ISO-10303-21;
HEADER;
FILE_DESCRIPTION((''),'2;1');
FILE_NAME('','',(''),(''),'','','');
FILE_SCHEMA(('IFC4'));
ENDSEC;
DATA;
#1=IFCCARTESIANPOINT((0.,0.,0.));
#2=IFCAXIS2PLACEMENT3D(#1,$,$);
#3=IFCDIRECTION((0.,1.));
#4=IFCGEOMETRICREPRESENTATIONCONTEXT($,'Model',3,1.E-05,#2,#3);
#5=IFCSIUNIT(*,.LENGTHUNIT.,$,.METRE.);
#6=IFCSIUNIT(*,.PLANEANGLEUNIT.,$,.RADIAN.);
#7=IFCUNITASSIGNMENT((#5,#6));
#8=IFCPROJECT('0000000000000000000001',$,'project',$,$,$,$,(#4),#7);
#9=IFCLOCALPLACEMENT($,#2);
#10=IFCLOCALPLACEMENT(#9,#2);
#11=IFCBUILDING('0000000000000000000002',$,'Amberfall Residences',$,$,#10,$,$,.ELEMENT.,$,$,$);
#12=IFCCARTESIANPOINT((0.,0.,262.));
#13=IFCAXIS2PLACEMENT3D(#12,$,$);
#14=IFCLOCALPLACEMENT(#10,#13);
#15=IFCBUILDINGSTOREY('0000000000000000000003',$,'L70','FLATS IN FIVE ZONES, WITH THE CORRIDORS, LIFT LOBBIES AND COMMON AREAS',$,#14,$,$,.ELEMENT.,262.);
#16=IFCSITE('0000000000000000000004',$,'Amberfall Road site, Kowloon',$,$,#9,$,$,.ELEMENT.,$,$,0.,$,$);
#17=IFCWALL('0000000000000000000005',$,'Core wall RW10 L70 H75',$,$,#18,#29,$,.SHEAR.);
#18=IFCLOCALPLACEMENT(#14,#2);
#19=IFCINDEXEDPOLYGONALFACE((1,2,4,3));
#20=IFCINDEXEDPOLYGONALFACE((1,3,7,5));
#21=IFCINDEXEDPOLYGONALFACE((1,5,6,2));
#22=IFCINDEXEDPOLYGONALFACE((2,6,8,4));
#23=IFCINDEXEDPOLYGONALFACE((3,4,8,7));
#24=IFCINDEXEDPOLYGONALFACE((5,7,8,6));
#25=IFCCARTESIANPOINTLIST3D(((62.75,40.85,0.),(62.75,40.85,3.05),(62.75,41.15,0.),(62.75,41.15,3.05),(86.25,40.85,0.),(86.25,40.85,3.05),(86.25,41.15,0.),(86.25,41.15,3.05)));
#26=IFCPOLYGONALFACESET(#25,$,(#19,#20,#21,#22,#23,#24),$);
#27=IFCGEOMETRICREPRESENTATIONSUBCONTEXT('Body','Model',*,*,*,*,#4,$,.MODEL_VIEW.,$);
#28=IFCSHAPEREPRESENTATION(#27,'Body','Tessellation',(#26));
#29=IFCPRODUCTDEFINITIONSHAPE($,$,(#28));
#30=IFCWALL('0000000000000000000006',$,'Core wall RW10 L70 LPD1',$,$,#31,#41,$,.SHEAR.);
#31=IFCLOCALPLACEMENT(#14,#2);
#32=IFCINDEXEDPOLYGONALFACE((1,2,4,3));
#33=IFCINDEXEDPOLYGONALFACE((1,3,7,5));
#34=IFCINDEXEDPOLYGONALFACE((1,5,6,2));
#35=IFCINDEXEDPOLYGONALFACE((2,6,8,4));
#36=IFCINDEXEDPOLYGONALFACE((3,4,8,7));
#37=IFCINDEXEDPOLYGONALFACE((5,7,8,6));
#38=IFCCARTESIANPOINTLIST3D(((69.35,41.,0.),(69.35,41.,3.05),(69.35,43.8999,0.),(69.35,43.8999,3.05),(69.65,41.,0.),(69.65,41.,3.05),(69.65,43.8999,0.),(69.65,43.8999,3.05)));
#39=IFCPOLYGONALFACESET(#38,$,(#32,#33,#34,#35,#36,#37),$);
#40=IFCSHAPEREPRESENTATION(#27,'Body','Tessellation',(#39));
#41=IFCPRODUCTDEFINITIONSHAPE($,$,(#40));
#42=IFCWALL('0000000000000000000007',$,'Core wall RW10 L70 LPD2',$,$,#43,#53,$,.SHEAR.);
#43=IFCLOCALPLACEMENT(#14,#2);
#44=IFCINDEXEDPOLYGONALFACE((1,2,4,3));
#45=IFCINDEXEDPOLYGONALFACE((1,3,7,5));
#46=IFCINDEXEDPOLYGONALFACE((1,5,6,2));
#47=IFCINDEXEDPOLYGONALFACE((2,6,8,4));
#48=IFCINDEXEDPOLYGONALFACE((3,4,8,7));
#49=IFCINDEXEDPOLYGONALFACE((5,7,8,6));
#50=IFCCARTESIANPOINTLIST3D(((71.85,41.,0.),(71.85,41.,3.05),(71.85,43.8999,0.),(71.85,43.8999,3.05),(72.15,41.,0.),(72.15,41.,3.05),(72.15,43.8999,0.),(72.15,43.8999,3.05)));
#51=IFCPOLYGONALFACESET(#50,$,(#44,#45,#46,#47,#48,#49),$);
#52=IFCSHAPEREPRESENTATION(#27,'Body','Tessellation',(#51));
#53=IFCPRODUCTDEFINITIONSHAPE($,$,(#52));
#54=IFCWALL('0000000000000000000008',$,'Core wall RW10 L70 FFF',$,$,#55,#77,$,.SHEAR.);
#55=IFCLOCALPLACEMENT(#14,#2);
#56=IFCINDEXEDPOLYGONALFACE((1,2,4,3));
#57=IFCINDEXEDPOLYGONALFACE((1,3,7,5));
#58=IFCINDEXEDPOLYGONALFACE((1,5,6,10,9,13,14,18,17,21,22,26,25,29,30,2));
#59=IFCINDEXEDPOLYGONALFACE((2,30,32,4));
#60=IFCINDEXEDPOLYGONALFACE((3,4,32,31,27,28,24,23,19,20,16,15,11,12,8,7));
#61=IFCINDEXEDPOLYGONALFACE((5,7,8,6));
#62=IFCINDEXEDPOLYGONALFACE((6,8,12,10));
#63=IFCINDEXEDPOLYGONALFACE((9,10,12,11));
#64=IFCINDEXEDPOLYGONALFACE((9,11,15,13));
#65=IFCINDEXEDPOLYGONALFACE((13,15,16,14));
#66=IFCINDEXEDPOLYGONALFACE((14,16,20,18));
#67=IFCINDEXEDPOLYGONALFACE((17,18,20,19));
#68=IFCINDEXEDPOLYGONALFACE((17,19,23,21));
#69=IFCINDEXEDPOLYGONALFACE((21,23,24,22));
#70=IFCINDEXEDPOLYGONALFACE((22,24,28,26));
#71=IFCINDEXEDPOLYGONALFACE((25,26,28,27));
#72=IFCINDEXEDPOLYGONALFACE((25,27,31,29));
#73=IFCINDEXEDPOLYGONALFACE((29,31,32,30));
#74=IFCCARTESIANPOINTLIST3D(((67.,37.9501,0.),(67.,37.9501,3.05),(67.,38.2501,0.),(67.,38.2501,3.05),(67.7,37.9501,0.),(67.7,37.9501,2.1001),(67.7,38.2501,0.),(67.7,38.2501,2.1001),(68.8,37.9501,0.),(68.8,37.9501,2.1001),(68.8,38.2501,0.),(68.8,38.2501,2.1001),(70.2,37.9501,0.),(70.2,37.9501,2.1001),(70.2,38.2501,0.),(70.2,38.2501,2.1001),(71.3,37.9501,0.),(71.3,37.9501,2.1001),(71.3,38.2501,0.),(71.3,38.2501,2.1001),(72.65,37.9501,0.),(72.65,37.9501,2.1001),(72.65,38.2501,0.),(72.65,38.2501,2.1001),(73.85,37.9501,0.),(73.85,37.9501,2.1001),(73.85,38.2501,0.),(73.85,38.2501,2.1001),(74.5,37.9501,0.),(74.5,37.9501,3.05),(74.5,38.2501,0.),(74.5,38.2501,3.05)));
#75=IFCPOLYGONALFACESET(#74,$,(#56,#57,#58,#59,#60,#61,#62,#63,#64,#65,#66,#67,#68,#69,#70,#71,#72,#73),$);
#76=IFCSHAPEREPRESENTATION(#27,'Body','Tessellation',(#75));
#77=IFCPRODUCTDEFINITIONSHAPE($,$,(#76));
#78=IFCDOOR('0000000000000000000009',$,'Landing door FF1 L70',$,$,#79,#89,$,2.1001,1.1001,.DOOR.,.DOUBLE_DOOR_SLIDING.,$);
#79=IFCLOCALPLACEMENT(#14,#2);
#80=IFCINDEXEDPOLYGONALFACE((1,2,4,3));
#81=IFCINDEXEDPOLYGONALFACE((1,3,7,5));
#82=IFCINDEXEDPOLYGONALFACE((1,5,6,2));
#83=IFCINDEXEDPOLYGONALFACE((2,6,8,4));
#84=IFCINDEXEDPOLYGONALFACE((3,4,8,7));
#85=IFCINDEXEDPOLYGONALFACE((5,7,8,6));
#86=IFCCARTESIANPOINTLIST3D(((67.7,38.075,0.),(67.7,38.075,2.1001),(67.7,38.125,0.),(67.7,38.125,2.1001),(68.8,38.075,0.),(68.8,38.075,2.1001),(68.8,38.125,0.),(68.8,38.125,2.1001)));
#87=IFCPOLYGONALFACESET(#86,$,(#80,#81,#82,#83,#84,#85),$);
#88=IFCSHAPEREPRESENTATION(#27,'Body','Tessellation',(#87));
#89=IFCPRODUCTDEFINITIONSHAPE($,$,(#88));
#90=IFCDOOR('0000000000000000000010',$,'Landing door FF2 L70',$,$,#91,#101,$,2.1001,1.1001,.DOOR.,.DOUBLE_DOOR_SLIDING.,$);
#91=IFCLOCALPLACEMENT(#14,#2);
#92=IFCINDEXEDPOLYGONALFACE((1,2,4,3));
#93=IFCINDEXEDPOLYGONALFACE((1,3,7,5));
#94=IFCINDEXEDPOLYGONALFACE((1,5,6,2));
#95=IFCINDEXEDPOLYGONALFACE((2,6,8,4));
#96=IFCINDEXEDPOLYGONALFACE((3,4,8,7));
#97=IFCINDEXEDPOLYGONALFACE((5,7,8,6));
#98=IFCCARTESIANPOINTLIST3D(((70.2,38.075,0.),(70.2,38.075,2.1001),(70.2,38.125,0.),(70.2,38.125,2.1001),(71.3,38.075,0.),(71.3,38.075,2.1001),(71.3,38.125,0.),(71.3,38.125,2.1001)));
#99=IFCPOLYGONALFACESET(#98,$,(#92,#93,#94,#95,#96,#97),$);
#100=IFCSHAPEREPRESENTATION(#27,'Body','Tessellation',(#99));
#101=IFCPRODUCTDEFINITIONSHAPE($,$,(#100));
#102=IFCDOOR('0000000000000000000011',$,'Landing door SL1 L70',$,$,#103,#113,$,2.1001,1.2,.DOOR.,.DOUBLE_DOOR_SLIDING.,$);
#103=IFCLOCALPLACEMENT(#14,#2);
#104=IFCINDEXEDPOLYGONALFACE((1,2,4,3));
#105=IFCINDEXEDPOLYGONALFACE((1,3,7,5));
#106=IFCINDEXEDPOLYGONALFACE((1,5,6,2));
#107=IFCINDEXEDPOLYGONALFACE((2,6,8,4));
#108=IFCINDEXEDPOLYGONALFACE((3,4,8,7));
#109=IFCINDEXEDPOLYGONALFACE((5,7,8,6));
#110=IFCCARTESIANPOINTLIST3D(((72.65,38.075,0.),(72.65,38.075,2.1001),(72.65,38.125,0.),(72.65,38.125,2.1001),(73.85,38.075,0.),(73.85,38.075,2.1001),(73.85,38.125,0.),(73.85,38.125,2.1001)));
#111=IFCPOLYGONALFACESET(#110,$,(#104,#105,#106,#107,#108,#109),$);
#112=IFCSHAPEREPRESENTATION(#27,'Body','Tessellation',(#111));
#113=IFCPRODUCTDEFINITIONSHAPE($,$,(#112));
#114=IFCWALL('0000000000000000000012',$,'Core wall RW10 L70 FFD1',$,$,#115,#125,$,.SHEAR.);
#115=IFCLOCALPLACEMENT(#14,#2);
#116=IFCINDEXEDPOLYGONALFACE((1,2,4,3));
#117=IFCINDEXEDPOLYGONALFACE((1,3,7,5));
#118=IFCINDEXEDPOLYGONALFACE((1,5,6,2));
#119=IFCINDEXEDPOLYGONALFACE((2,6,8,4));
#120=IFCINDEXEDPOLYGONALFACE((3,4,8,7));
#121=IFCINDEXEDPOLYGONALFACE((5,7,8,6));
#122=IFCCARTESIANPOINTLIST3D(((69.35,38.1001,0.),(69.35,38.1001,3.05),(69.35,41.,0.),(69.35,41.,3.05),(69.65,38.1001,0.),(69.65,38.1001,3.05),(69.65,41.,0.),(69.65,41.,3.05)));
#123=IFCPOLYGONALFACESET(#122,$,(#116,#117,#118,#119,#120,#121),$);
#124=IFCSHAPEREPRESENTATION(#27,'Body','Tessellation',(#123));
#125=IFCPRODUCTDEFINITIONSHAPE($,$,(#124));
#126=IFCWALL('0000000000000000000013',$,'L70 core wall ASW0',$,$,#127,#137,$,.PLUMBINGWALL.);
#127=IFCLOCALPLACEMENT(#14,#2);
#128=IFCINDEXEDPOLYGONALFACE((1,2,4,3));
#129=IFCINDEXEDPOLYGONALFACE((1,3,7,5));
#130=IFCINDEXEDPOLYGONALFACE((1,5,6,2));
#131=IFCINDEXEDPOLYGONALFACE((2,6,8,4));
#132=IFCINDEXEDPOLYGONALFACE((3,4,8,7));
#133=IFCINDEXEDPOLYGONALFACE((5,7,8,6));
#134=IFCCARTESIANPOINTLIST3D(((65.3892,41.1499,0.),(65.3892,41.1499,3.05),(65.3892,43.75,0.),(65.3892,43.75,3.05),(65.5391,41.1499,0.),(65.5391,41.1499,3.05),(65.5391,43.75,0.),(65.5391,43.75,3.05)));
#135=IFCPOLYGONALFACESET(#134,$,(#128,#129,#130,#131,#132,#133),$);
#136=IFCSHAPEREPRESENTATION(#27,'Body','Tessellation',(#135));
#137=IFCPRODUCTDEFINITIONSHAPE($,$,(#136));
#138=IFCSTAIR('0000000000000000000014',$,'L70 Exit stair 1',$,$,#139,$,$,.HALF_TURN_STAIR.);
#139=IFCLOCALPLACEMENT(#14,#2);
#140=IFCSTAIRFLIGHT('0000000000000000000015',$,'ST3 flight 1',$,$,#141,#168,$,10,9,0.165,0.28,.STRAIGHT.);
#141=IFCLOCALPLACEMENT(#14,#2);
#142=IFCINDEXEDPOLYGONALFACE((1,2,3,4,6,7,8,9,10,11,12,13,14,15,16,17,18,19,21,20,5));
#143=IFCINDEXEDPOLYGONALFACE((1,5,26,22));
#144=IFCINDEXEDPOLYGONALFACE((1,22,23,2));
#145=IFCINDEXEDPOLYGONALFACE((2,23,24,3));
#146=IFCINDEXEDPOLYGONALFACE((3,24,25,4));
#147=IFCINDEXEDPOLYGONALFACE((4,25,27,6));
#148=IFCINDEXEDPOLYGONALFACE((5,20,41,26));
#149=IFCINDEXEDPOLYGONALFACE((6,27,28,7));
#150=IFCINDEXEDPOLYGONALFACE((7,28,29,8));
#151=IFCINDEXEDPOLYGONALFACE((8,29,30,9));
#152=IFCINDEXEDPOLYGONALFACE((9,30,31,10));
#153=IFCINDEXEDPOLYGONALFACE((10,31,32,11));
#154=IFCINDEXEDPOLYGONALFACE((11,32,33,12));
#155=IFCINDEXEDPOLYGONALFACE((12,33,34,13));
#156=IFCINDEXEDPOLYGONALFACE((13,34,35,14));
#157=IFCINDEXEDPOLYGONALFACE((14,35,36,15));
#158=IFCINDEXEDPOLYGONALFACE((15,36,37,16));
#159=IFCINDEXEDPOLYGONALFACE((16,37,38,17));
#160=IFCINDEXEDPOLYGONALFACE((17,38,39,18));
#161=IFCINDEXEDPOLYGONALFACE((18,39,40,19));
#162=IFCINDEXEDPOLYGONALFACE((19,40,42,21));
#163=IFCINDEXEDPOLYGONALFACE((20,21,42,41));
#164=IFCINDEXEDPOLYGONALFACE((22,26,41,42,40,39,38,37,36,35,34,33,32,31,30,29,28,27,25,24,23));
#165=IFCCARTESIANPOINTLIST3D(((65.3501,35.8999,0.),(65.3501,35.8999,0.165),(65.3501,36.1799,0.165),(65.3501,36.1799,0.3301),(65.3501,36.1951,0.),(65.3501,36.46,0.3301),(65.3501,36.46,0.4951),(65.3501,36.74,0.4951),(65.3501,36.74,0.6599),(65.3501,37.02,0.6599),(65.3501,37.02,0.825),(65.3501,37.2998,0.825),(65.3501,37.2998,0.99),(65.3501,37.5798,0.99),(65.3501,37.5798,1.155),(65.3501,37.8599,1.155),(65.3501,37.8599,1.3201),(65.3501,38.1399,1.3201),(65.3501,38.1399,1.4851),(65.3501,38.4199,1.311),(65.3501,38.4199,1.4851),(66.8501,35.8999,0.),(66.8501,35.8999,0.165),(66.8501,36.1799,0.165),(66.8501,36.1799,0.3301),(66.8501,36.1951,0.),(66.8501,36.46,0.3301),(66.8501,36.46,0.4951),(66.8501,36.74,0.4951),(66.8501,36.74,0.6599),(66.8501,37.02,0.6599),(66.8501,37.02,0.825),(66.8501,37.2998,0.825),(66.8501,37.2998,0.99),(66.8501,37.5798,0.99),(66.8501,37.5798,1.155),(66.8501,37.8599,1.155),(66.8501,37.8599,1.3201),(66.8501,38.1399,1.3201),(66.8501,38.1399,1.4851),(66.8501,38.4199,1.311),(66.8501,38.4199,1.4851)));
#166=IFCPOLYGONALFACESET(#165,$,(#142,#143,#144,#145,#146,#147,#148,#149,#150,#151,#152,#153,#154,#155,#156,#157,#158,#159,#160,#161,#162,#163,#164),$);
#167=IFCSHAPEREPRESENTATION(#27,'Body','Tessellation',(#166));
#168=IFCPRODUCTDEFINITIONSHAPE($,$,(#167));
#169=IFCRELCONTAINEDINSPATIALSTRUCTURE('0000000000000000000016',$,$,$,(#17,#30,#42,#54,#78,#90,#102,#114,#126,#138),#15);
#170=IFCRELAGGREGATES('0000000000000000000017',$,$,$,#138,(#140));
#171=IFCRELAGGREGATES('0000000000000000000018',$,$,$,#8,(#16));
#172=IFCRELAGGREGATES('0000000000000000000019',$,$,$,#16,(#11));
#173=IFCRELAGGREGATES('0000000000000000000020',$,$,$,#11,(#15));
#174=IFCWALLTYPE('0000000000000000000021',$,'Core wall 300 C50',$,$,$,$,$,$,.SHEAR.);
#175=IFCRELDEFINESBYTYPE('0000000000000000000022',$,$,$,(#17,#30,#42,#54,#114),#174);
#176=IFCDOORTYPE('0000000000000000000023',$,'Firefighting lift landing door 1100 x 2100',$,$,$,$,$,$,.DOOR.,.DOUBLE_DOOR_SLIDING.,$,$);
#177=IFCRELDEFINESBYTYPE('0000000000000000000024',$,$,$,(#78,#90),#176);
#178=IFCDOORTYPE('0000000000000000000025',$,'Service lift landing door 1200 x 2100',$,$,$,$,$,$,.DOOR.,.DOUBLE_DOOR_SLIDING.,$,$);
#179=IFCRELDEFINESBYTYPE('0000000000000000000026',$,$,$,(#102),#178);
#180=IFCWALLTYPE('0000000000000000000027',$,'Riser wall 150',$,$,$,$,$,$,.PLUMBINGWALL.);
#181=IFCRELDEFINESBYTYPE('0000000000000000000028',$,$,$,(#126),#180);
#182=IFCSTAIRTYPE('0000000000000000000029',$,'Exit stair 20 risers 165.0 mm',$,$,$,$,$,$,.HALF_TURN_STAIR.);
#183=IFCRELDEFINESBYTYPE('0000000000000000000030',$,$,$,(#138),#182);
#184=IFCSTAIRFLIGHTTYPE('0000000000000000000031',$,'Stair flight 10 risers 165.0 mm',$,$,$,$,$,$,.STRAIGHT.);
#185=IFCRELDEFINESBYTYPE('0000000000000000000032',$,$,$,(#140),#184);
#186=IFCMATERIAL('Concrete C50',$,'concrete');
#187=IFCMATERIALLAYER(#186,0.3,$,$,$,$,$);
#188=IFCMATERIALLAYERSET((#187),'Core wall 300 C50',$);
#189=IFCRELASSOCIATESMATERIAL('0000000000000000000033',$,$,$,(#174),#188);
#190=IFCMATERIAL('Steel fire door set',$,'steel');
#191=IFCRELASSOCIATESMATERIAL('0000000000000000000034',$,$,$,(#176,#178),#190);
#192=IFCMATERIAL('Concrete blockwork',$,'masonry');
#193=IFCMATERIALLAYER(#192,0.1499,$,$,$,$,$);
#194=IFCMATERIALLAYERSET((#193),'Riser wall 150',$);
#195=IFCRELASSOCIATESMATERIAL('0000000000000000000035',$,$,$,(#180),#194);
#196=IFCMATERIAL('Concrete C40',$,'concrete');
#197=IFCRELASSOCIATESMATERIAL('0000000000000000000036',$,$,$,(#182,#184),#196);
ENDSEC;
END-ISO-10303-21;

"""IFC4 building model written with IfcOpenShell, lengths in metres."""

from ifc_helpers import new_model, si_unit, direction, frame, frame_2d, origin, place, context, subcontext, project, spatial, polyline, rectangle, outline, extrude, material, layer, layer_set, type_object, element, fill, aggregate, save


model = new_model("IFC4")

# Units and contexts
model_context = context("Model", 3, precision=1e-05, world=origin(), true_north=direction((0.0, 1.0)))
body_context = subcontext(model_context, "Body", "Model", "MODEL_VIEW")
ifc_project = project(units=[si_unit("LENGTHUNIT", "METRE"), si_unit("PLANEANGLEUNIT", "RADIAN")], contexts=[model_context])

# Site, building, storey
site_placement = place(None, origin())
site = spatial("IfcSite", under=ifc_project, at=site_placement, Name="Amberfall Road site, Kowloon", CompositionType="ELEMENT", RefElevation=0.0)
building_placement = place(site_placement, origin())
building = spatial("IfcBuilding", under=site, at=building_placement, Name="Amberfall Residences", CompositionType="ELEMENT")
storey_placement = place(building_placement, frame((0.0, 0.0, 262.0)))
storey = spatial("IfcBuildingStorey", under=building, at=storey_placement, Name="L70", Description="FLATS IN FIVE ZONES, WITH THE CORRIDORS, LIFT LOBBIES AND COMMON AREAS", CompositionType="ELEMENT", Elevation=262.0)

# Walls
ifc_material_1 = material(Name="Concrete C50", Category="concrete")
ifc_layer_1 = layer(ifc_material_1, 0.3)
ifc_layer_set_1 = layer_set([ifc_layer_1], Name="Core wall 300 C50")
wall_type_1 = type_object("IfcWallType", Name="Core wall 300 C50", PredefinedType="SHEAR", material=ifc_layer_set_1)
wall_1_placement = place(storey_placement, frame((62.75, 41.0, 0.0), z_axis=(0.0, 0.0, 1.0), x_axis=(1.0, 0.0, 0.0)))
element("IfcWall", 1, at=wall_1_placement, inside=storey, type_object=wall_type_1, Name="Core wall RW10 L70 H75", PredefinedType="SHEAR", context=body_context, shape_type="SweptSolid", body=[
    extrude(rectangle(XDim=23.5, YDim=0.3, at=frame_2d((11.75, 0.0))), origin(), (0.0, 0.0, 1.0), 3.05),
])
for number, where, z_axis, x_axis, name in (
    (2, (69.5, 41.0, 0.0), (0.0, 0.0, 1.0), (0.0, 1.0, 0.0), "Core wall RW10 L70 LPD1"),
    (3, (72.0, 41.0, 0.0), (0.0, 0.0, 1.0), (0.0, 1.0, 0.0), "Core wall RW10 L70 LPD2"),
):
    element("IfcWall", number, at=place(storey_placement, frame(where, z_axis=z_axis, x_axis=x_axis)), inside=storey, type_object=wall_type_1, Name=name, PredefinedType="SHEAR", context=body_context, shape_type="SweptSolid", body=[
        extrude(rectangle(XDim=2.8999, YDim=0.3, at=frame_2d((1.45, 0.0))), origin(), (0.0, 0.0, 1.0), 3.05),
    ])

# Wall, openings, doors
wall_2_placement = place(storey_placement, frame((67.0, 38.1001, 0.0), z_axis=(0.0, 0.0, 1.0), x_axis=(1.0, 0.0, 0.0)))
wall_2 = element("IfcWall", 4, at=wall_2_placement, inside=storey, type_object=wall_type_1, Name="Core wall RW10 L70 FFF", PredefinedType="SHEAR", context=body_context, shape_type="SweptSolid", body=[
    extrude(rectangle(XDim=7.5, YDim=0.3, at=frame_2d((3.75, 0.0))), origin(), (0.0, 0.0, 1.0), 3.05),
])
opening_1_placement = place(wall_2_placement, frame((0.7, 0.0, 0.0)))
opening_1 = element("IfcOpeningElement", 5, at=opening_1_placement, cuts=wall_2, PredefinedType="OPENING", context=body_context, shape_type="SweptSolid", body=[
    extrude(rectangle(XDim=1.1001, YDim=2.1001, at=frame_2d((0.55, 1.05))), frame((0.0, 0.1599, 0.0), z_axis=(0.0, -1.0, 0.0), x_axis=(1.0, 0.0, 0.0)), (0.0, 0.0, 1.0), 0.3201),
])
opening_2_placement = place(wall_2_placement, frame((3.2, 0.0, 0.0)))
opening_2 = element("IfcOpeningElement", 6, at=opening_2_placement, cuts=wall_2, PredefinedType="OPENING", context=body_context, shape_type="SweptSolid", body=[
    extrude(rectangle(XDim=1.1001, YDim=2.1001, at=frame_2d((0.55, 1.05))), frame((0.0, 0.1599, 0.0), z_axis=(0.0, -1.0, 0.0), x_axis=(1.0, 0.0, 0.0)), (0.0, 0.0, 1.0), 0.3201),
])
opening_3_placement = place(wall_2_placement, frame((5.6499, 0.0, 0.0)))
opening_3 = element("IfcOpeningElement", 7, at=opening_3_placement, cuts=wall_2, PredefinedType="OPENING", context=body_context, shape_type="SweptSolid", body=[
    extrude(rectangle(XDim=1.2, YDim=2.1001, at=frame_2d((0.6001, 1.05))), frame((0.0, 0.1599, 0.0), z_axis=(0.0, -1.0, 0.0), x_axis=(1.0, 0.0, 0.0)), (0.0, 0.0, 1.0), 0.3201),
])
ifc_material_2 = material(Name="Steel fire door set", Category="steel")
door_type_1 = type_object("IfcDoorType", Name="Firefighting lift landing door 1100 x 2100", OperationType="DOUBLE_DOOR_SLIDING", PredefinedType="DOOR", material=ifc_material_2)
door_1_placement = place(opening_1_placement, origin())
door_1 = element("IfcDoor", 8, at=door_1_placement, inside=storey, type_object=door_type_1, Name="Landing door FF1 L70", OperationType="DOUBLE_DOOR_SLIDING", OverallHeight=2.1001, OverallWidth=1.1001, PredefinedType="DOOR", context=body_context, shape_type="SweptSolid", body=[
    extrude(rectangle(XDim=1.1001, YDim=2.1001, at=frame_2d((0.55, 1.05))), frame((0.0, 0.0249, 0.0), z_axis=(0.0, -1.0, 0.0), x_axis=(1.0, 0.0, 0.0)), (0.0, 0.0, 1.0), 0.05),
])
fill(opening_1, door_1)
door_2_placement = place(opening_2_placement, origin())
door_2 = element("IfcDoor", 9, at=door_2_placement, inside=storey, type_object=door_type_1, Name="Landing door FF2 L70", OperationType="DOUBLE_DOOR_SLIDING", OverallHeight=2.1001, OverallWidth=1.1001, PredefinedType="DOOR", context=body_context, shape_type="SweptSolid", body=[
    extrude(rectangle(XDim=1.1001, YDim=2.1001, at=frame_2d((0.55, 1.05))), frame((0.0, 0.0249, 0.0), z_axis=(0.0, -1.0, 0.0), x_axis=(1.0, 0.0, 0.0)), (0.0, 0.0, 1.0), 0.05),
])
fill(opening_2, door_2)
door_type_2 = type_object("IfcDoorType", Name="Service lift landing door 1200 x 2100", OperationType="DOUBLE_DOOR_SLIDING", PredefinedType="DOOR", material=ifc_material_2)
door_3_placement = place(opening_3_placement, origin())
door_3 = element("IfcDoor", 10, at=door_3_placement, inside=storey, type_object=door_type_2, Name="Landing door SL1 L70", OperationType="DOUBLE_DOOR_SLIDING", OverallHeight=2.1001, OverallWidth=1.2, PredefinedType="DOOR", context=body_context, shape_type="SweptSolid", body=[
    extrude(rectangle(XDim=1.2, YDim=2.1001, at=frame_2d((0.6001, 1.05))), frame((0.0, 0.0249, 0.0), z_axis=(0.0, -1.0, 0.0), x_axis=(1.0, 0.0, 0.0)), (0.0, 0.0, 1.0), 0.05),
])
fill(opening_3, door_3)

# Walls
wall_3_placement = place(storey_placement, frame((69.5, 38.1001, 0.0), z_axis=(0.0, 0.0, 1.0), x_axis=(0.0, 1.0, 0.0)))
element("IfcWall", 11, at=wall_3_placement, inside=storey, type_object=wall_type_1, Name="Core wall RW10 L70 FFD1", PredefinedType="SHEAR", context=body_context, shape_type="SweptSolid", body=[
    extrude(rectangle(XDim=2.8999, YDim=0.3, at=frame_2d((1.45, 0.0))), origin(), (0.0, 0.0, 1.0), 3.05),
])
ifc_material_3 = material(Name="Concrete blockwork", Category="masonry")
ifc_layer_2 = layer(ifc_material_3, 0.1499)
ifc_layer_set_2 = layer_set([ifc_layer_2], Name="Riser wall 150")
wall_type_2 = type_object("IfcWallType", Name="Riser wall 150", PredefinedType="PLUMBINGWALL", material=ifc_layer_set_2)
wall_4_placement = place(storey_placement, frame((65.4641, 41.1499, 0.0), z_axis=(0.0, 0.0, 1.0), x_axis=(0.0, 1.0, 0.0)))
element("IfcWall", 12, at=wall_4_placement, inside=storey, type_object=wall_type_2, Name="L70 core wall ASW0", PredefinedType="PLUMBINGWALL", context=body_context, shape_type="SweptSolid", body=[
    extrude(rectangle(XDim=2.6001, YDim=0.1499, at=frame_2d((1.3, 0.0))), origin(), (0.0, 0.0, 1.0), 3.05),
])

# Stair, stair flight
ifc_material_4 = material(Name="Concrete C40", Category="concrete")
stair_type = type_object("IfcStairType", Name="Exit stair 20 risers 165.0 mm", PredefinedType="HALF_TURN_STAIR", material=ifc_material_4)
stair_placement = place(storey_placement, origin())
stair = element("IfcStair", 13, at=stair_placement, inside=storey, type_object=stair_type, Name="L70 Exit stair 1", PredefinedType="HALF_TURN_STAIR")
stair_flight_type = type_object("IfcStairFlightType", Name="Stair flight 10 risers 165.0 mm", PredefinedType="STRAIGHT", material=ifc_material_4)
stair_flight_1_placement = place(storey_placement, frame((66.1001, 35.8999, 0.0), z_axis=(0.0, 0.0, 1.0), x_axis=(0.0, 1.0, 0.0)))
stair_flight_1 = element("IfcStairFlight", 14, at=stair_flight_1_placement, type_object=stair_flight_type, Name="ST3 flight 1", NumberOfRisers=10, NumberOfTreads=9, PredefinedType="STRAIGHT", RiserHeight=0.165, TreadLength=0.28, context=body_context, shape_type="SweptSolid", body=[
    extrude(outline(polyline([(0.0, 0.0), (0.0, 0.165), (0.28, 0.165), (0.28, 0.3301), (0.5601, 0.3301), (0.5601, 0.4951), (0.8401, 0.4951), (0.8401, 0.6599), (1.1201, 0.6599), (1.1201, 0.825), (1.3999, 0.825), (1.3999, 0.99), (1.6799, 0.99), (1.6799, 1.155), (1.96, 1.155), (1.96, 1.3201), (2.24, 1.3201), (2.24, 1.4851), (2.52, 1.4851), (2.52, 1.6499), (2.52, 1.311), (0.2952, 0.0), (0.0, 0.0)])), frame((0.0, 0.75, 0.0), z_axis=(0.0, -1.0, 0.0), x_axis=(1.0, 0.0, 0.0)), (0.0, 0.0, 1.0), 1.5),
])
aggregate(stair, [stair_flight_1])

save(model, "model.ifc")
